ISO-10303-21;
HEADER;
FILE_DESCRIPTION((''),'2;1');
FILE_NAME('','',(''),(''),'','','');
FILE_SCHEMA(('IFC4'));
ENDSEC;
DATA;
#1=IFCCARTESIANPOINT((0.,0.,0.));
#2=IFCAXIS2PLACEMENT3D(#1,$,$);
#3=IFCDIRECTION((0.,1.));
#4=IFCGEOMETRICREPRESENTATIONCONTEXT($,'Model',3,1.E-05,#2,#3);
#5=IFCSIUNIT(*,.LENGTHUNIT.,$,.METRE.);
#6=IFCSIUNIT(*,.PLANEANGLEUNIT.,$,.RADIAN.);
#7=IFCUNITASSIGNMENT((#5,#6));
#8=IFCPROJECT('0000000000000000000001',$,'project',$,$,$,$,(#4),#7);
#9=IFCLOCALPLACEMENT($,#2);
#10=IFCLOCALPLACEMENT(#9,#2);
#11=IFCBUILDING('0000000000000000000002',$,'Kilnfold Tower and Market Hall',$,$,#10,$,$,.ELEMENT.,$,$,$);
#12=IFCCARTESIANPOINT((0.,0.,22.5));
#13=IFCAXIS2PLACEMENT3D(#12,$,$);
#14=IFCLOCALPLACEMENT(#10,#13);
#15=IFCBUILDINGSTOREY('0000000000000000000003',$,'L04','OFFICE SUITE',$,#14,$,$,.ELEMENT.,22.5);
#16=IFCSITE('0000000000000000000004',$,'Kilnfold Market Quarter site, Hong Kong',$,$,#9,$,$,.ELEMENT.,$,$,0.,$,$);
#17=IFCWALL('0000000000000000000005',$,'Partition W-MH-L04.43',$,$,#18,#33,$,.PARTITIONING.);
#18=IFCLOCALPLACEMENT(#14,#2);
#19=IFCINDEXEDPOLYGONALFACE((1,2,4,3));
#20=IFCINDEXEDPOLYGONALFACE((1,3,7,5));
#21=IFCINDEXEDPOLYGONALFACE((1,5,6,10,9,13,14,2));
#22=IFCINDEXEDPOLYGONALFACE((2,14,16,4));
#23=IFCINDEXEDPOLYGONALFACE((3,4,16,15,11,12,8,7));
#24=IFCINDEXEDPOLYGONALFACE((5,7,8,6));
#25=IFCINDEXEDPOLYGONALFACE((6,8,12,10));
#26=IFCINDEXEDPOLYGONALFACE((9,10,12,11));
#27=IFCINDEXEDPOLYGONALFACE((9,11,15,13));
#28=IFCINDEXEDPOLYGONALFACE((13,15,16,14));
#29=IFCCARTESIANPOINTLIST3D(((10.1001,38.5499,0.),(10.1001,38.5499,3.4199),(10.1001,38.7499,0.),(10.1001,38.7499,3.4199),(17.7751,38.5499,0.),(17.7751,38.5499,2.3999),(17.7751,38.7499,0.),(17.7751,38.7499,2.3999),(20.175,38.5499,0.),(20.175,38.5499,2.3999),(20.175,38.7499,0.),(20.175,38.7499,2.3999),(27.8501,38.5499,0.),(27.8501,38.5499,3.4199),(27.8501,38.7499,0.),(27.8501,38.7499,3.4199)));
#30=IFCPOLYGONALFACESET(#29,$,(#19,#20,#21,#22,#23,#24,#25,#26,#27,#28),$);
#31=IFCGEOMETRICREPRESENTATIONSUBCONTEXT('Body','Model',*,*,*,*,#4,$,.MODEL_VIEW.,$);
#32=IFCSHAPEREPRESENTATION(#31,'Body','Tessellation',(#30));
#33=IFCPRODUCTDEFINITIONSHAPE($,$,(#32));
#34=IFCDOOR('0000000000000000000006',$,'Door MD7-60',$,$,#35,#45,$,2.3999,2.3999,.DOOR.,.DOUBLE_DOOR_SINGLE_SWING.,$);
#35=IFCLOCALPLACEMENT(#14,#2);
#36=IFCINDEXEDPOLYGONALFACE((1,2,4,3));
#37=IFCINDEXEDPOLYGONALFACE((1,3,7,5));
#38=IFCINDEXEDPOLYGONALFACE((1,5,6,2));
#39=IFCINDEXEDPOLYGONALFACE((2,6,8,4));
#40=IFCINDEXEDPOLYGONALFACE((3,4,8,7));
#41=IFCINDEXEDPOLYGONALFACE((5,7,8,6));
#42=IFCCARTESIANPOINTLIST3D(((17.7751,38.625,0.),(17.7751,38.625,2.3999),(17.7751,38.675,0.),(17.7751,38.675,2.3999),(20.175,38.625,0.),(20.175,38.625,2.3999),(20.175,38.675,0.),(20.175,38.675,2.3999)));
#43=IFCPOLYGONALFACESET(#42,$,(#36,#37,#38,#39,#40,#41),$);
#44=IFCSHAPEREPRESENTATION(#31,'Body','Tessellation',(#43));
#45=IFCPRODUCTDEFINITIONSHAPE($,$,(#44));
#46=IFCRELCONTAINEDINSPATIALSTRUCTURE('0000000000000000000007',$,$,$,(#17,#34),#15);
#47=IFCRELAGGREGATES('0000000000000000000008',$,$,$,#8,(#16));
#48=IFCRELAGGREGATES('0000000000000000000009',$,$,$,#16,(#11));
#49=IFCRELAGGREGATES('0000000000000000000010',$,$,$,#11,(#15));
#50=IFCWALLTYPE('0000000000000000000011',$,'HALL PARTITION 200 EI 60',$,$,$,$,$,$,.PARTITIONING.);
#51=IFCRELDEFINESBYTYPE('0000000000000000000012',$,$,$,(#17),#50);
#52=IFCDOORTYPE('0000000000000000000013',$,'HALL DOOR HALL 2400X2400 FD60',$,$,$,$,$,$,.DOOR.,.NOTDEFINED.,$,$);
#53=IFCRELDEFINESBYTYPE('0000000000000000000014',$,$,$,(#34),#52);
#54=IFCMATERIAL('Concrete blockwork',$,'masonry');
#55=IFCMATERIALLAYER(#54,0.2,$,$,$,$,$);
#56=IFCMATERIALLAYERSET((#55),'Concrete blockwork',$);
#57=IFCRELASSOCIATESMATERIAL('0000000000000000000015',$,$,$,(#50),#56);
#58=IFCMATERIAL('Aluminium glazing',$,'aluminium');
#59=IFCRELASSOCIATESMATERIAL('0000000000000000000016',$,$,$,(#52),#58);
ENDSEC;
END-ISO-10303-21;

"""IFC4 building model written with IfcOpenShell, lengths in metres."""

from ifc_helpers import new_model, si_unit, direction, frame, frame_2d, origin, place, context, subcontext, project, spatial, rectangle, extrude, source, transform, mapped, material, layer, layer_set, type_object, element, fill, save


model = new_model("IFC4")

# Units and contexts
model_context = context("Model", 3, precision=1e-05, world=origin(), true_north=direction((0.0, 1.0)))
body_context = subcontext(model_context, "Body", "Model", "MODEL_VIEW")
ifc_project = project(units=[si_unit("LENGTHUNIT", "METRE"), si_unit("PLANEANGLEUNIT", "RADIAN")], contexts=[model_context])

# Site, building, storey
site_placement = place(None, origin())
site = spatial("IfcSite", under=ifc_project, at=site_placement, Name="Kilnfold Market Quarter site, Hong Kong", CompositionType="ELEMENT", RefElevation=0.0)
building_placement = place(site_placement, origin())
building = spatial("IfcBuilding", under=site, at=building_placement, Name="Kilnfold Tower and Market Hall", CompositionType="ELEMENT")
storey_placement = place(building_placement, frame((0.0, 0.0, 22.5)))
storey = spatial("IfcBuildingStorey", under=building, at=storey_placement, Name="L04", Description="OFFICE SUITE", CompositionType="ELEMENT", Elevation=22.5)

# Wall, opening, door
ifc_material_1 = material(Name="Concrete blockwork", Category="masonry")
ifc_layer_1 = layer(ifc_material_1, 0.2)
ifc_layer_set_1 = layer_set([ifc_layer_1], Name="Concrete blockwork")
wall_type_1 = type_object("IfcWallType", Name="HALL PARTITION 200 EI 60", PredefinedType="PARTITIONING", material=ifc_layer_set_1)
shared_shape_1 = source(origin(), body_context, "Body", "SweptSolid", [
    extrude(rectangle(XDim=17.75, YDim=0.2, at=frame_2d((8.875, 0.0))), origin(), (0.0, 0.0, 1.0), 3.4199),
])
wall_1_placement = place(storey_placement, frame((27.8501, 38.6499, 0.0), z_axis=(0.0, 0.0, 1.0), x_axis=(-1.0, 0.0, 0.0)))
wall_1 = element("IfcWall", 1, at=wall_1_placement, inside=storey, type_object=wall_type_1, Name="Partition W-MH-L04.43", PredefinedType="PARTITIONING", context=body_context, shape_type="MappedRepresentation", body=[
    mapped(shared_shape_1, transform((0.0, 0.0, 0.0))),
])
opening_1_placement = place(wall_1_placement, frame((7.675, 0.0, 0.0)))
opening_1 = element("IfcOpeningElement", 2, at=opening_1_placement, cuts=wall_1, PredefinedType="OPENING", context=body_context, shape_type="SweptSolid", body=[
    extrude(rectangle(XDim=2.3999, YDim=2.3999, at=frame_2d((1.2, 1.2))), frame((0.0, 0.1099, 0.0), z_axis=(0.0, -1.0, 0.0), x_axis=(1.0, 0.0, 0.0)), (0.0, 0.0, 1.0), 0.22),
])
ifc_material_2 = material(Name="Aluminium glazing", Category="aluminium")
door_type_1 = type_object("IfcDoorType", Name="HALL DOOR HALL 2400X2400 FD60", OperationType="NOTDEFINED", PredefinedType="DOOR", material=ifc_material_2)
door_1_placement = place(opening_1_placement, origin())
door_1 = element("IfcDoor", 3, at=door_1_placement, inside=storey, type_object=door_type_1, Name="Door MD7-60", OperationType="DOUBLE_DOOR_SINGLE_SWING", OverallHeight=2.3999, OverallWidth=2.3999, PredefinedType="DOOR", context=body_context, shape_type="SweptSolid", body=[
    extrude(rectangle(XDim=2.3999, YDim=2.3999, at=frame_2d((1.2, 1.2))), frame((0.0, 0.0249, 0.0), z_axis=(0.0, -1.0, 0.0), x_axis=(1.0, 0.0, 0.0)), (0.0, 0.0, 1.0), 0.05),
])
fill(opening_1, door_1)

save(model, "model.ifc")
